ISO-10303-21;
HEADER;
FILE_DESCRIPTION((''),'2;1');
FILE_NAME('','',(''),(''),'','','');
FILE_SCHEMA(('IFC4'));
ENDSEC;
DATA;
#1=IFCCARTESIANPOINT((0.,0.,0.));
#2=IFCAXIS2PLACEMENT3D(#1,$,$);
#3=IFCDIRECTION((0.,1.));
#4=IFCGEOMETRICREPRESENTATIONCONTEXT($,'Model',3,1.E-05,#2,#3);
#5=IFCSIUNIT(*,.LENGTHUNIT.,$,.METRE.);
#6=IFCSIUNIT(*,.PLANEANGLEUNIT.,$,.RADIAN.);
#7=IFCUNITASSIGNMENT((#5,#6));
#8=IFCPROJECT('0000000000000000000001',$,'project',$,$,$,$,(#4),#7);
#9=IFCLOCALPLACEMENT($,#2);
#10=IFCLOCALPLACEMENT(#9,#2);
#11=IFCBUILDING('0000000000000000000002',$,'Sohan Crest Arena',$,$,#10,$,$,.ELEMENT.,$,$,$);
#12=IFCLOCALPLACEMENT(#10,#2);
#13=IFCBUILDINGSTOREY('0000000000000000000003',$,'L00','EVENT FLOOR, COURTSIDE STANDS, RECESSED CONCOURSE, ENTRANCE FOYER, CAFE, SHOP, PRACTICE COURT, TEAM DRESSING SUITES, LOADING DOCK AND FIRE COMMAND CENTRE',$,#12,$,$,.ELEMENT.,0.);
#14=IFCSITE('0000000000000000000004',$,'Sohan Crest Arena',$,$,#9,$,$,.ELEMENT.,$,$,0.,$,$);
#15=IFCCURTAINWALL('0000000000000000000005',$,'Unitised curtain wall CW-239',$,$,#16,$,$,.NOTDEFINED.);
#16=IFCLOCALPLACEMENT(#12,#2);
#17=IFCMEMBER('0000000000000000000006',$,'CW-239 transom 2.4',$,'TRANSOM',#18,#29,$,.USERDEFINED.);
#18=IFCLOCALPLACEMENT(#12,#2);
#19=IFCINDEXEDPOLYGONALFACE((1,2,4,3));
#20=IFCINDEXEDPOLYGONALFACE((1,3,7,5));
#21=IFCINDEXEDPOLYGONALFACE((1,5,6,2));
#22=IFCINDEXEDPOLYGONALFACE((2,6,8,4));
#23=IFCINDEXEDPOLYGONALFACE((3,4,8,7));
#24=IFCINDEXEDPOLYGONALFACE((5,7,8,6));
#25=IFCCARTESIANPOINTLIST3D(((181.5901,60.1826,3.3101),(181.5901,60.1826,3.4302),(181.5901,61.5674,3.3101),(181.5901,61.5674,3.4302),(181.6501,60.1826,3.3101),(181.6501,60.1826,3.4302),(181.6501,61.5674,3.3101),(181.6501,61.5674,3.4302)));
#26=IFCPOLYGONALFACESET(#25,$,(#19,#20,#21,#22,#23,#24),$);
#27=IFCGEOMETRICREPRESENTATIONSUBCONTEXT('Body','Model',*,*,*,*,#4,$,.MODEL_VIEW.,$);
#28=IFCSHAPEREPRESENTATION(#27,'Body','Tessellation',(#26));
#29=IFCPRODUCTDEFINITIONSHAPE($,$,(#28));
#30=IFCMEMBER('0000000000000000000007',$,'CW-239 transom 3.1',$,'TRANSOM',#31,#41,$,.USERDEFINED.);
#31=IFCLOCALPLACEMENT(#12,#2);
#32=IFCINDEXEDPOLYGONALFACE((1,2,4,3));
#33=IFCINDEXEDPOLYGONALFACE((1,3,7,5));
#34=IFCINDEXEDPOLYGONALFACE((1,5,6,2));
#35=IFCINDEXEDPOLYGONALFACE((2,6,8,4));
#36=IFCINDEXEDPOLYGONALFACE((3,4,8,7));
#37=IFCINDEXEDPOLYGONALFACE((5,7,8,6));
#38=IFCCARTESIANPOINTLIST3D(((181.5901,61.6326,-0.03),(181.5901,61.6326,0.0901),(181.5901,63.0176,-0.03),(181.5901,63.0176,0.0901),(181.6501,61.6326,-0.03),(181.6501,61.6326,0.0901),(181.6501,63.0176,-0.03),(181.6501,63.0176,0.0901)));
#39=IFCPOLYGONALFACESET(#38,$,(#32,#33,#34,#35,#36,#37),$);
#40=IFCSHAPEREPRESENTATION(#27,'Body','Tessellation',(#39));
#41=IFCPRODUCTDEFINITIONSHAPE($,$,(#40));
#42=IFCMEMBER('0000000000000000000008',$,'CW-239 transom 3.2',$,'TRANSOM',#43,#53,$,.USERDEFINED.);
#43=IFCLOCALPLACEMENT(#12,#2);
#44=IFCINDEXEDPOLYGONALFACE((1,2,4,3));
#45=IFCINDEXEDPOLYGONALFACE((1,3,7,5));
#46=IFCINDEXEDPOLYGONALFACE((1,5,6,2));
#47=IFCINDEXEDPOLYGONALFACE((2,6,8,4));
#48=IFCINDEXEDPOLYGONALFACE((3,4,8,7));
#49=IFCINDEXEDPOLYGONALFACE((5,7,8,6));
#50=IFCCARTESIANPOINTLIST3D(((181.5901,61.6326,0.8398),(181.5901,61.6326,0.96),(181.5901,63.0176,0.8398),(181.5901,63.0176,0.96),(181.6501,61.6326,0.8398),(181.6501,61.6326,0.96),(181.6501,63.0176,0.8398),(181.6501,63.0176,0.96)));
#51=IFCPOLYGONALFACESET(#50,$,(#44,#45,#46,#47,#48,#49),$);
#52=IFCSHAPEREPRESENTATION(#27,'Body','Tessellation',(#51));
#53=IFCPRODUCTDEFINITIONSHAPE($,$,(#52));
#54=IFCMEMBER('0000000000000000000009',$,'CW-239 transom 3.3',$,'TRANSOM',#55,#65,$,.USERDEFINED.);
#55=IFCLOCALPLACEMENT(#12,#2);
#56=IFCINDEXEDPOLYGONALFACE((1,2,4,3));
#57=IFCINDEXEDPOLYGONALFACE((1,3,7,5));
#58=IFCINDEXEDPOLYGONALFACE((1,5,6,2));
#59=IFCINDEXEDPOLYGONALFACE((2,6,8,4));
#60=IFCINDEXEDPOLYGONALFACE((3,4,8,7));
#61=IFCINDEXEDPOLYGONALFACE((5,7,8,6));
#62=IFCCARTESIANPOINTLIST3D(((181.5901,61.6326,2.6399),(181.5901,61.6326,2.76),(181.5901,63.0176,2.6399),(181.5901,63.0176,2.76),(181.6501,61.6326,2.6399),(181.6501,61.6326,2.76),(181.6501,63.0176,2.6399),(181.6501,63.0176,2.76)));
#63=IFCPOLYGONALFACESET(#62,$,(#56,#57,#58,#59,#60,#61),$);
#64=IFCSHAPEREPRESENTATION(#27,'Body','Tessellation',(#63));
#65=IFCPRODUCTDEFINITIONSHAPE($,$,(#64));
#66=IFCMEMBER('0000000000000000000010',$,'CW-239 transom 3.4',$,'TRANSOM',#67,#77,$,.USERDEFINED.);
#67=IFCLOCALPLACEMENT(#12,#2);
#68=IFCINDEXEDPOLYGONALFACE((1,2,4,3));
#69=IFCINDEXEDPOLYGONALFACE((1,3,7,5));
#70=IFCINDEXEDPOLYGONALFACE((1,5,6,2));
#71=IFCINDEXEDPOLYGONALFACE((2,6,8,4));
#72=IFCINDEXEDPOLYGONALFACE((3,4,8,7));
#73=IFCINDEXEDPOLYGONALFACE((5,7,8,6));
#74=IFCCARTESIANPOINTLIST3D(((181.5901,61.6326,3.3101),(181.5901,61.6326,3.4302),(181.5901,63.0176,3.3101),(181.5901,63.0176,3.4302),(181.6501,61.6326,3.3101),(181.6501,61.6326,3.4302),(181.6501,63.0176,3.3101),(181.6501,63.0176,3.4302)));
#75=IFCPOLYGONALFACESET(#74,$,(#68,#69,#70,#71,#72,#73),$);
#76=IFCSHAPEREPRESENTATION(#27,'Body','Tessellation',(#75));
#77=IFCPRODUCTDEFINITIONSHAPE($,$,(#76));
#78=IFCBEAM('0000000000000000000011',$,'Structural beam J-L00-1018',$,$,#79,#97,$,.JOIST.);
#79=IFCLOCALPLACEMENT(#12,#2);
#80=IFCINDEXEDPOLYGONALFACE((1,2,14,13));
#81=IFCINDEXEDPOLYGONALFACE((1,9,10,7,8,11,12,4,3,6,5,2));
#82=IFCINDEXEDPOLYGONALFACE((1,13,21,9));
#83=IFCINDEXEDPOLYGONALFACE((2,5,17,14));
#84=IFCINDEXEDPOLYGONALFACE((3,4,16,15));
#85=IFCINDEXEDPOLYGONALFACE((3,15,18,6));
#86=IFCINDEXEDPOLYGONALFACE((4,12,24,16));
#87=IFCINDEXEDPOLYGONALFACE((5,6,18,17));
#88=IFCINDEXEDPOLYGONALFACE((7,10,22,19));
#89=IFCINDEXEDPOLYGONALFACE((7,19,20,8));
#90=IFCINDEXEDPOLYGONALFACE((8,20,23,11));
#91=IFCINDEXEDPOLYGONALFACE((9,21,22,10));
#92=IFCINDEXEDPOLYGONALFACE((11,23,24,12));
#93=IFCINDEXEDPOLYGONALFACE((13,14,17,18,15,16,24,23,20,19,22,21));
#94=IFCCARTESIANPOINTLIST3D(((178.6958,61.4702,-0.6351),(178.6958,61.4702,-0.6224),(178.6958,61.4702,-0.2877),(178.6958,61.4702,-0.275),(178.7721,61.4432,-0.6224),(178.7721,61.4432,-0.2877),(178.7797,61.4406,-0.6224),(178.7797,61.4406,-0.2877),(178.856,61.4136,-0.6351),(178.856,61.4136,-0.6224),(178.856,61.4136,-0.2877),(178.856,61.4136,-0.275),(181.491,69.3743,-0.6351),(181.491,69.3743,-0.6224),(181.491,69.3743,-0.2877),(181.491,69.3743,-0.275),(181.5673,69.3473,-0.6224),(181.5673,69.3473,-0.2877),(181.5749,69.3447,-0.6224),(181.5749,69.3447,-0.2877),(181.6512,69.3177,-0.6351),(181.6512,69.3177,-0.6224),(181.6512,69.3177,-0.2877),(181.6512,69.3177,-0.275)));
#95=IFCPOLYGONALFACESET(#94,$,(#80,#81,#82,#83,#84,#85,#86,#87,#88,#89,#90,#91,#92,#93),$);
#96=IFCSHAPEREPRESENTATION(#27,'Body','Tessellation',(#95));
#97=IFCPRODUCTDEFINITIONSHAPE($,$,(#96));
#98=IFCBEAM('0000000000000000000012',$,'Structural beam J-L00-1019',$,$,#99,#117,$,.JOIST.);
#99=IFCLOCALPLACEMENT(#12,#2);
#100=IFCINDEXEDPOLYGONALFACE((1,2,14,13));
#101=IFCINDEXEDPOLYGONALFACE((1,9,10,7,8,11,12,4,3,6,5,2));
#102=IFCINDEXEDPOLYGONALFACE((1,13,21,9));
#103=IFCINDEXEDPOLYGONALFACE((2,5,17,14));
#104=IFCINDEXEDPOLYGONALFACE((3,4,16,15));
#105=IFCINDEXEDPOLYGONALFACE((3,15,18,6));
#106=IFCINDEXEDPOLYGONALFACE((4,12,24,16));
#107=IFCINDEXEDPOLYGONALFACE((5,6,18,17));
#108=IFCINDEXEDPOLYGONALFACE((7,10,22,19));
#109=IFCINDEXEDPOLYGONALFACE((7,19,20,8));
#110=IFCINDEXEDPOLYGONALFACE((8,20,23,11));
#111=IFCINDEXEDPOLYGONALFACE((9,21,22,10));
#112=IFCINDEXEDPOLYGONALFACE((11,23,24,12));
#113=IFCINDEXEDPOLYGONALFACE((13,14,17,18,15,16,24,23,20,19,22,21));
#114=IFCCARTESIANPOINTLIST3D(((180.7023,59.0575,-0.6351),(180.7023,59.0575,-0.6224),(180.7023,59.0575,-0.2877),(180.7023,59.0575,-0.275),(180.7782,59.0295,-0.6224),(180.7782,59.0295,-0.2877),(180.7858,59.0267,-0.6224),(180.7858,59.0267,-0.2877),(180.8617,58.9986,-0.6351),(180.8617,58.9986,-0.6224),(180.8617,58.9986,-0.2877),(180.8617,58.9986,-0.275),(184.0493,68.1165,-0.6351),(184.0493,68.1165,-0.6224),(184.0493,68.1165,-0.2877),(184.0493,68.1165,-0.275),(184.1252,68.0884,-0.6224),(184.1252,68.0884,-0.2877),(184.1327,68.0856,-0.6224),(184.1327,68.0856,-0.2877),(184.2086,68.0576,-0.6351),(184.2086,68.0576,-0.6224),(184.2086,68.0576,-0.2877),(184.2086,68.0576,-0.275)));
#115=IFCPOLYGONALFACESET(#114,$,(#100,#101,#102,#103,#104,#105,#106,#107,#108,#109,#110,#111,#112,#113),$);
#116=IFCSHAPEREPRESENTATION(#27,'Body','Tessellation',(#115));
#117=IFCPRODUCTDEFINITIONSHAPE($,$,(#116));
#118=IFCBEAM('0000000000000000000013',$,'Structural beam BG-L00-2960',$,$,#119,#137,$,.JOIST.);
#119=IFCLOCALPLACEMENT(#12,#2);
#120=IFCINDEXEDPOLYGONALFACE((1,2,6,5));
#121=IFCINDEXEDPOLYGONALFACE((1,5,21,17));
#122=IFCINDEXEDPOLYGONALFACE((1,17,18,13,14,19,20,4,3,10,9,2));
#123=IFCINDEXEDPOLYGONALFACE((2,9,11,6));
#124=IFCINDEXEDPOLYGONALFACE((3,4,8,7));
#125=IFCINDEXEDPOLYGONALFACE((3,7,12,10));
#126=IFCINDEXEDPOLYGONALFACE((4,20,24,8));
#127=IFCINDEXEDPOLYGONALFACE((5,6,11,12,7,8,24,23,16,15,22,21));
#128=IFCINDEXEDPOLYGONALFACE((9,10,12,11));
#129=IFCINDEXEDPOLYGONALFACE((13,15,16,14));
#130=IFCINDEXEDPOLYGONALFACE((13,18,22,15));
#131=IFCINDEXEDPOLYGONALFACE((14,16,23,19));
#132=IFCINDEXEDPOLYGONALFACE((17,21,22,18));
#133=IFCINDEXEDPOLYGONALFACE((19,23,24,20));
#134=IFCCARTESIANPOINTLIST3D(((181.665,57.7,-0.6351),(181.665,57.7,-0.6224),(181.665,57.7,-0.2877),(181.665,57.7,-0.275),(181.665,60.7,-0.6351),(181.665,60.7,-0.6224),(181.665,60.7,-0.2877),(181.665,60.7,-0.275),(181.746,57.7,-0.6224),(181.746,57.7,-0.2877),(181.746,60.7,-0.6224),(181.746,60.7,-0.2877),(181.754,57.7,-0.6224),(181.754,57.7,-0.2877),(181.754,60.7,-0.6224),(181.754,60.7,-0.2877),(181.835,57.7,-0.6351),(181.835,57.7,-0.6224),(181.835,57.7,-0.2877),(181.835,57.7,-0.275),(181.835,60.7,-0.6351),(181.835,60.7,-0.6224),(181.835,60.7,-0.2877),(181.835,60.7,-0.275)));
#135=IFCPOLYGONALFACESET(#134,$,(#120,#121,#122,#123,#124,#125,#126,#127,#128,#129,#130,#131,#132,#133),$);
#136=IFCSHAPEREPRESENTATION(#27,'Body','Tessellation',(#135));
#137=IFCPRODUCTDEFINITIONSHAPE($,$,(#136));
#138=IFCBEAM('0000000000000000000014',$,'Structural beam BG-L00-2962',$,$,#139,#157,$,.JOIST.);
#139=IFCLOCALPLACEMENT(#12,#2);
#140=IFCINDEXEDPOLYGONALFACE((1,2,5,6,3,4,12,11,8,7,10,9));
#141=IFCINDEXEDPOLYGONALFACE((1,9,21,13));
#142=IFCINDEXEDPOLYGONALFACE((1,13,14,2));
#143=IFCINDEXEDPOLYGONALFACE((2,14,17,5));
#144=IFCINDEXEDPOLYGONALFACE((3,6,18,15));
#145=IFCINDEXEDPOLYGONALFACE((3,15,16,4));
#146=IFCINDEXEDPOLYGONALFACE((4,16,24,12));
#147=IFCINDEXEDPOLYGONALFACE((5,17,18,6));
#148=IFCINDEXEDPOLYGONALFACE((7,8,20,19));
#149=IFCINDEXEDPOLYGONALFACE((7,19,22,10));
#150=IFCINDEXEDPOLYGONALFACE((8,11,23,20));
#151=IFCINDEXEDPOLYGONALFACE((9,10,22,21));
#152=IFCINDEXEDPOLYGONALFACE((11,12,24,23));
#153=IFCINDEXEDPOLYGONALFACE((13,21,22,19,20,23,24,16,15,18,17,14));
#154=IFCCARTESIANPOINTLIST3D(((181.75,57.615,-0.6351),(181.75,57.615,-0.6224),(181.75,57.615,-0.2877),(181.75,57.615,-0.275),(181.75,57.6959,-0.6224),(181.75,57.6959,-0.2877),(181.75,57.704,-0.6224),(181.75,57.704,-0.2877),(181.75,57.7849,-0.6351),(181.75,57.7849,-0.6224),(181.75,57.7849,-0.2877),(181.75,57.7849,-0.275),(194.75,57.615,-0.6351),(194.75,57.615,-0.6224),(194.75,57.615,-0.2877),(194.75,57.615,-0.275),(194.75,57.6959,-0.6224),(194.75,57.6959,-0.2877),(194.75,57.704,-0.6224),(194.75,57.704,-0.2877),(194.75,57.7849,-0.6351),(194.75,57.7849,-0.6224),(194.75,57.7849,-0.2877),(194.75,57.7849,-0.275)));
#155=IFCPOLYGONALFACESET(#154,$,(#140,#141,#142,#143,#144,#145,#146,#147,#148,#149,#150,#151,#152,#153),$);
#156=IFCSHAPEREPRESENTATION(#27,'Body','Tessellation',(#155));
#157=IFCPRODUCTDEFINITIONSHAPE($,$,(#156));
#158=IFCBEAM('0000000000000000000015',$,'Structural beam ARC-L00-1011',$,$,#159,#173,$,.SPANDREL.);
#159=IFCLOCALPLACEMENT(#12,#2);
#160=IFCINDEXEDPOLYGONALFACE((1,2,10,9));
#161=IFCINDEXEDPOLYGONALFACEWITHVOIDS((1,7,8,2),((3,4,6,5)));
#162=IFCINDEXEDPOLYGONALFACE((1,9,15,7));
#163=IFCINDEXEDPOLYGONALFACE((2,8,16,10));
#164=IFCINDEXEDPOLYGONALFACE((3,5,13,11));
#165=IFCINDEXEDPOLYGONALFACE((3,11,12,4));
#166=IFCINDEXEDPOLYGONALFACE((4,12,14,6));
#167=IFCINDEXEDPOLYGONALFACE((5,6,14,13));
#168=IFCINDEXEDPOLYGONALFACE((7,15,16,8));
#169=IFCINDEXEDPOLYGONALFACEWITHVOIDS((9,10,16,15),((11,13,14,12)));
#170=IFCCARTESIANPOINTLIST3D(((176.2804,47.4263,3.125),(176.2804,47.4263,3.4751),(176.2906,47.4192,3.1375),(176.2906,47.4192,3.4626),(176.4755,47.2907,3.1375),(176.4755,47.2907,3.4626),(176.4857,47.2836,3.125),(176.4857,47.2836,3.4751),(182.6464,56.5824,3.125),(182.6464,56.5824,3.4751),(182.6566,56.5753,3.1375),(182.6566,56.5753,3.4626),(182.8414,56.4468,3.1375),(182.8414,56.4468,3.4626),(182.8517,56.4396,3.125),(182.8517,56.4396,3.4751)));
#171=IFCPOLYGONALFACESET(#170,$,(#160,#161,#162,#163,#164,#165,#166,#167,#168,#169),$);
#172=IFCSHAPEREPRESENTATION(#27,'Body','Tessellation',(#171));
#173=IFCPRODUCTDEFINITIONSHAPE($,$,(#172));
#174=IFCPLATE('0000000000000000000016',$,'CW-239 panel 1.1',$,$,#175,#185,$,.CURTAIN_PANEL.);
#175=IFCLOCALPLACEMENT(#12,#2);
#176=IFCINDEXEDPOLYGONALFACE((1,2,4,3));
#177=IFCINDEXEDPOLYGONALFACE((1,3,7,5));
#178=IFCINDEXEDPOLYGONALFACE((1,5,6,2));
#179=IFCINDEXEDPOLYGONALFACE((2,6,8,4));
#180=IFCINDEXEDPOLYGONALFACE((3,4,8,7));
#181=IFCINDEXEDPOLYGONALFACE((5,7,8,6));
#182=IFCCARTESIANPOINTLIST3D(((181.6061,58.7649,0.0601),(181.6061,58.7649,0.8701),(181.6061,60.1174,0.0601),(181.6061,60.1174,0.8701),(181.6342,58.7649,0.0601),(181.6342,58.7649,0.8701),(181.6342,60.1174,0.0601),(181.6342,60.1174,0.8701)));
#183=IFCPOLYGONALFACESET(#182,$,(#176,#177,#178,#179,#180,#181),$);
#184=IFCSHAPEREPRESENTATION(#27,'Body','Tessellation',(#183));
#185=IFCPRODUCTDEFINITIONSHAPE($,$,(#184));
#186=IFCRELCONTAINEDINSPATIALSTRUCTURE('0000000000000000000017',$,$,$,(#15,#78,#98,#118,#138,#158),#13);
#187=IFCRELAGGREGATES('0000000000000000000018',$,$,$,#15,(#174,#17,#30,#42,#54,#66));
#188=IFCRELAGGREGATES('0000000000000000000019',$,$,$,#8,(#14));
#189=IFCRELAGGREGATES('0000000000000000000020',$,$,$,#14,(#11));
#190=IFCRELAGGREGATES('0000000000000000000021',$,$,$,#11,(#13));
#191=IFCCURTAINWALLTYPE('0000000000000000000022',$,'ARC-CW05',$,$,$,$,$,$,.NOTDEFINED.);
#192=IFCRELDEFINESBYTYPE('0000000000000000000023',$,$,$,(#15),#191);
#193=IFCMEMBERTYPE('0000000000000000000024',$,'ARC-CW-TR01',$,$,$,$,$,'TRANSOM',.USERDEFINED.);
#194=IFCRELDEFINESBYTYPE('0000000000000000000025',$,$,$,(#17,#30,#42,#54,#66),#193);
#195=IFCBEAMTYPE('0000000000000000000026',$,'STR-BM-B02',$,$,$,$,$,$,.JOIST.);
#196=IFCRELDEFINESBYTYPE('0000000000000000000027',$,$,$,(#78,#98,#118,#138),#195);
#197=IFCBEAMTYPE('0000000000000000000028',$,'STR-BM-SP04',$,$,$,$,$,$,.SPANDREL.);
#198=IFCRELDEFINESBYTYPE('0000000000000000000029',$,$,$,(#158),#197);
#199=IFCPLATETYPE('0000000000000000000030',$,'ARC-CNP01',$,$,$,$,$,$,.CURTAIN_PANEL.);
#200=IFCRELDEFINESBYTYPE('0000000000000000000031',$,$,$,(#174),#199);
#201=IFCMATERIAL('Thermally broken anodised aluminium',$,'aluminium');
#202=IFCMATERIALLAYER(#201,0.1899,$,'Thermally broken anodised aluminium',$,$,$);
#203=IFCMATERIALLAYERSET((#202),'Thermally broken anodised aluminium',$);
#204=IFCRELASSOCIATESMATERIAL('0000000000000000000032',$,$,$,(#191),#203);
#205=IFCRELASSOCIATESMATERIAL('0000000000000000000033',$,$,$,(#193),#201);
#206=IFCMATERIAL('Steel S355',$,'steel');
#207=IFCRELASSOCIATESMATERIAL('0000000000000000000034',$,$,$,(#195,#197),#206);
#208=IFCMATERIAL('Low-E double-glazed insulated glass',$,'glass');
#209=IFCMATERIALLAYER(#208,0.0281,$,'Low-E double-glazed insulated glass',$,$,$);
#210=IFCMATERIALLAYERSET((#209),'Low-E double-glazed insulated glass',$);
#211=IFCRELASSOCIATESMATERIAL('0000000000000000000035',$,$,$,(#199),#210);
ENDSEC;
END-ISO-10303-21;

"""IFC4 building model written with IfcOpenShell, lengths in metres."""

from ifc_helpers import new_model, si_unit, direction, frame, origin, origin_2d, place, context, subcontext, project, spatial, rectangle, hollow_rectangle, i_section, extrude, material, layer, layer_set, material_profile, profile_set, type_object, element, aggregate, save


model = new_model("IFC4")

# Units and contexts
model_context = context("Model", 3, precision=1e-05, world=origin(), true_north=direction((0.0, 1.0)))
body_context = subcontext(model_context, "Body", "Model", "MODEL_VIEW")
ifc_project = project(units=[si_unit("LENGTHUNIT", "METRE"), si_unit("PLANEANGLEUNIT", "RADIAN")], contexts=[model_context])

# Site, building, storey
site_placement = place(None, origin())
site = spatial("IfcSite", under=ifc_project, at=site_placement, Name="Sohan Crest Arena", CompositionType="ELEMENT", RefElevation=0.0)
building_placement = place(site_placement, origin())
building = spatial("IfcBuilding", under=site, at=building_placement, Name="Sohan Crest Arena", CompositionType="ELEMENT")
storey_placement = place(building_placement, origin())
storey = spatial("IfcBuildingStorey", under=building, at=storey_placement, Name="L00", Description="EVENT FLOOR, COURTSIDE STANDS, RECESSED CONCOURSE, ENTRANCE FOYER, CAFE, SHOP, PRACTICE COURT, TEAM DRESSING SUITES, LOADING DOCK AND FIRE COMMAND CENTRE", CompositionType="ELEMENT", Elevation=0.0)

# Shared definitions
ifc_material_1 = material(Name="Steel S355", Category="steel")

# Curtain wall, members
ifc_material_2 = material(Name="Thermally broken anodised aluminium", Category="aluminium")
ifc_layer_1 = layer(ifc_material_2, 0.1899, Name="Thermally broken anodised aluminium")
ifc_layer_set_1 = layer_set([ifc_layer_1], Name="Thermally broken anodised aluminium")
curtain_wall_type = type_object("IfcCurtainWallType", Name="ARC-CW05", PredefinedType="NOTDEFINED", material=ifc_layer_set_1)
curtain_wall_placement = place(storey_placement, origin())
curtain_wall = element("IfcCurtainWall", 1, at=curtain_wall_placement, inside=storey, type_object=curtain_wall_type, Name="Unitised curtain wall CW-239", PredefinedType="NOTDEFINED")
ifc_material_profile_1 = material_profile(ifc_material_2, rectangle(XDim=0.0601, YDim=0.1201, at=origin_2d()), Name="ALU-TRAN 60x120")
ifc_profile_set_1 = profile_set([ifc_material_profile_1], Name="Thermally broken anodised aluminium")
member_type_1 = type_object("IfcMemberType", Name="ARC-CW-TR01", ElementType="TRANSOM", PredefinedType="USERDEFINED", material=ifc_profile_set_1)
member_1_placement = place(storey_placement, frame((181.6201, 60.1826, 3.3701), z_axis=(0.0, 1.0, 0.0), x_axis=(-1.0, 0.0, 0.0)))
member_1 = element("IfcMember", 2, at=member_1_placement, type_object=member_type_1, Name="CW-239 transom 2.4", ObjectType="TRANSOM", PredefinedType="USERDEFINED", context=body_context, shape_type="SweptSolid", body=[
    extrude(rectangle(XDim=0.0601, YDim=0.1201, at=origin_2d()), origin(), (0.0, 0.0, 1.0), 1.3848),
])
member_2_placement = place(storey_placement, frame((181.6201, 61.6326, 0.03), z_axis=(0.0, 1.0, 0.0), x_axis=(-1.0, 0.0, 0.0)))
member_2 = element("IfcMember", 3, at=member_2_placement, type_object=member_type_1, Name="CW-239 transom 3.1", ObjectType="TRANSOM", PredefinedType="USERDEFINED", context=body_context, shape_type="SweptSolid", body=[
    extrude(rectangle(XDim=0.0601, YDim=0.1201, at=origin_2d()), origin(), (0.0, 0.0, 1.0), 1.385),
])
member_3_placement = place(storey_placement, frame((181.6201, 61.6326, 0.8999), z_axis=(0.0, 1.0, 0.0), x_axis=(-1.0, 0.0, 0.0)))
member_3 = element("IfcMember", 4, at=member_3_placement, type_object=member_type_1, Name="CW-239 transom 3.2", ObjectType="TRANSOM", PredefinedType="USERDEFINED", context=body_context, shape_type="SweptSolid", body=[
    extrude(rectangle(XDim=0.0601, YDim=0.1201, at=origin_2d()), origin(), (0.0, 0.0, 1.0), 1.385),
])
member_4_placement = place(storey_placement, frame((181.6201, 61.6326, 2.7), z_axis=(0.0, 1.0, 0.0), x_axis=(-1.0, 0.0, 0.0)))
member_4 = element("IfcMember", 5, at=member_4_placement, type_object=member_type_1, Name="CW-239 transom 3.3", ObjectType="TRANSOM", PredefinedType="USERDEFINED", context=body_context, shape_type="SweptSolid", body=[
    extrude(rectangle(XDim=0.0601, YDim=0.1201, at=origin_2d()), origin(), (0.0, 0.0, 1.0), 1.385),
])
member_5_placement = place(storey_placement, frame((181.6201, 61.6326, 3.3701), z_axis=(0.0, 1.0, 0.0), x_axis=(-1.0, 0.0, 0.0)))
member_5 = element("IfcMember", 6, at=member_5_placement, type_object=member_type_1, Name="CW-239 transom 3.4", ObjectType="TRANSOM", PredefinedType="USERDEFINED", context=body_context, shape_type="SweptSolid", body=[
    extrude(rectangle(XDim=0.0601, YDim=0.1201, at=origin_2d()), origin(), (0.0, 0.0, 1.0), 1.385),
])

# Beams
ifc_material_profile_2 = material_profile(ifc_material_1, i_section(OverallWidth=0.1699, OverallDepth=0.3601, WebThickness=0.0081, FlangeThickness=0.0127, at=origin_2d()), Name="IPE 360")
ifc_profile_set_2 = profile_set([ifc_material_profile_2], Name="Steel S355")
beam_type_1 = type_object("IfcBeamType", Name="STR-BM-B02", PredefinedType="JOIST", material=ifc_profile_set_2)
beam_1_placement = place(storey_placement, frame((178.7759, 61.4419, -0.4551), z_axis=(0.333403, 0.942784, 0.0), x_axis=(-0.942784, 0.333403, 0.0)))
element("IfcBeam", 7, at=beam_1_placement, inside=storey, type_object=beam_type_1, Name="Structural beam J-L00-1018", PredefinedType="JOIST", context=body_context, shape_type="SweptSolid", body=[
    extrude(i_section(OverallWidth=0.1699, OverallDepth=0.3601, WebThickness=0.0081, FlangeThickness=0.0127, at=origin_2d()), origin(), (0.0, 0.0, 1.0), 8.3838),
])
beam_2_placement = place(storey_placement, frame((180.782, 59.0281, -0.4551), z_axis=(0.346567, 0.938025, 0.0), x_axis=(-0.938025, 0.346567, 0.0)))
element("IfcBeam", 8, at=beam_2_placement, inside=storey, type_object=beam_type_1, Name="Structural beam J-L00-1019", PredefinedType="JOIST", context=body_context, shape_type="SweptSolid", body=[
    extrude(i_section(OverallWidth=0.1699, OverallDepth=0.3601, WebThickness=0.0081, FlangeThickness=0.0127, at=origin_2d()), origin(), (0.0, 0.0, 1.0), 9.6575),
])
beam_3_placement = place(storey_placement, frame((181.75, 57.7, -0.4551), z_axis=(0.0, 1.0, 0.0), x_axis=(-1.0, 0.0, 0.0)))
element("IfcBeam", 9, at=beam_3_placement, inside=storey, type_object=beam_type_1, Name="Structural beam BG-L00-2960", PredefinedType="JOIST", context=body_context, shape_type="SweptSolid", body=[
    extrude(i_section(OverallWidth=0.1699, OverallDepth=0.3601, WebThickness=0.0081, FlangeThickness=0.0127, at=origin_2d()), origin(), (0.0, 0.0, 1.0), 3.0),
])
beam_4_placement = place(storey_placement, frame((181.75, 57.7, -0.4551), z_axis=(1.0, 0.0, 0.0), x_axis=(0.0, 1.0, 0.0)))
element("IfcBeam", 10, at=beam_4_placement, inside=storey, type_object=beam_type_1, Name="Structural beam BG-L00-2962", PredefinedType="JOIST", context=body_context, shape_type="SweptSolid", body=[
    extrude(i_section(OverallWidth=0.1699, OverallDepth=0.3601, WebThickness=0.0081, FlangeThickness=0.0127, at=origin_2d()), origin(), (0.0, 0.0, 1.0), 13.0),
])
ifc_material_profile_3 = material_profile(ifc_material_1, hollow_rectangle(XDim=0.25, YDim=0.3501, WallThickness=0.0125, at=origin_2d()), Name="RHS 350x250x12.5")
ifc_profile_set_3 = profile_set([ifc_material_profile_3], Name="Steel S355")
beam_type_2 = type_object("IfcBeamType", Name="STR-BM-SP04", PredefinedType="SPANDREL", material=ifc_profile_set_3)
beam_5_placement = place(storey_placement, frame((176.3831, 47.355, 3.3), z_axis=(0.570857, 0.821049, 0.0), x_axis=(-0.821049, 0.570857, 0.0)))
element("IfcBeam", 11, at=beam_5_placement, inside=storey, type_object=beam_type_2, Name="Structural beam ARC-L00-1011", PredefinedType="SPANDREL", context=body_context, shape_type="SweptSolid", body=[
    extrude(hollow_rectangle(XDim=0.25, YDim=0.3501, WallThickness=0.0125, at=origin_2d()), origin(), (0.0, 0.0, 1.0), 11.1516),
])

# Plate
ifc_material_3 = material(Name="Low-E double-glazed insulated glass", Category="glass")
ifc_layer_2 = layer(ifc_material_3, 0.0281, Name="Low-E double-glazed insulated glass")
ifc_layer_set_2 = layer_set([ifc_layer_2], Name="Low-E double-glazed insulated glass")
plate_type_1 = type_object("IfcPlateType", Name="ARC-CNP01", PredefinedType="CURTAIN_PANEL", material=ifc_layer_set_2)
plate_1_placement = place(storey_placement, frame((181.6201, 59.4412, 0.0601), z_axis=(0.0, 0.0, 1.0), x_axis=(0.0, 1.0, 0.0)))
plate_1 = element("IfcPlate", 12, at=plate_1_placement, type_object=plate_type_1, Name="CW-239 panel 1.1", PredefinedType="CURTAIN_PANEL", context=body_context, shape_type="SweptSolid", body=[
    extrude(rectangle(XDim=1.3525, YDim=0.0281, at=origin_2d()), origin(), (0.0, 0.0, 1.0), 0.8101),
])
aggregate(curtain_wall, [plate_1, member_1, member_2, member_3, member_4, member_5])

save(model, "model.ifc")
